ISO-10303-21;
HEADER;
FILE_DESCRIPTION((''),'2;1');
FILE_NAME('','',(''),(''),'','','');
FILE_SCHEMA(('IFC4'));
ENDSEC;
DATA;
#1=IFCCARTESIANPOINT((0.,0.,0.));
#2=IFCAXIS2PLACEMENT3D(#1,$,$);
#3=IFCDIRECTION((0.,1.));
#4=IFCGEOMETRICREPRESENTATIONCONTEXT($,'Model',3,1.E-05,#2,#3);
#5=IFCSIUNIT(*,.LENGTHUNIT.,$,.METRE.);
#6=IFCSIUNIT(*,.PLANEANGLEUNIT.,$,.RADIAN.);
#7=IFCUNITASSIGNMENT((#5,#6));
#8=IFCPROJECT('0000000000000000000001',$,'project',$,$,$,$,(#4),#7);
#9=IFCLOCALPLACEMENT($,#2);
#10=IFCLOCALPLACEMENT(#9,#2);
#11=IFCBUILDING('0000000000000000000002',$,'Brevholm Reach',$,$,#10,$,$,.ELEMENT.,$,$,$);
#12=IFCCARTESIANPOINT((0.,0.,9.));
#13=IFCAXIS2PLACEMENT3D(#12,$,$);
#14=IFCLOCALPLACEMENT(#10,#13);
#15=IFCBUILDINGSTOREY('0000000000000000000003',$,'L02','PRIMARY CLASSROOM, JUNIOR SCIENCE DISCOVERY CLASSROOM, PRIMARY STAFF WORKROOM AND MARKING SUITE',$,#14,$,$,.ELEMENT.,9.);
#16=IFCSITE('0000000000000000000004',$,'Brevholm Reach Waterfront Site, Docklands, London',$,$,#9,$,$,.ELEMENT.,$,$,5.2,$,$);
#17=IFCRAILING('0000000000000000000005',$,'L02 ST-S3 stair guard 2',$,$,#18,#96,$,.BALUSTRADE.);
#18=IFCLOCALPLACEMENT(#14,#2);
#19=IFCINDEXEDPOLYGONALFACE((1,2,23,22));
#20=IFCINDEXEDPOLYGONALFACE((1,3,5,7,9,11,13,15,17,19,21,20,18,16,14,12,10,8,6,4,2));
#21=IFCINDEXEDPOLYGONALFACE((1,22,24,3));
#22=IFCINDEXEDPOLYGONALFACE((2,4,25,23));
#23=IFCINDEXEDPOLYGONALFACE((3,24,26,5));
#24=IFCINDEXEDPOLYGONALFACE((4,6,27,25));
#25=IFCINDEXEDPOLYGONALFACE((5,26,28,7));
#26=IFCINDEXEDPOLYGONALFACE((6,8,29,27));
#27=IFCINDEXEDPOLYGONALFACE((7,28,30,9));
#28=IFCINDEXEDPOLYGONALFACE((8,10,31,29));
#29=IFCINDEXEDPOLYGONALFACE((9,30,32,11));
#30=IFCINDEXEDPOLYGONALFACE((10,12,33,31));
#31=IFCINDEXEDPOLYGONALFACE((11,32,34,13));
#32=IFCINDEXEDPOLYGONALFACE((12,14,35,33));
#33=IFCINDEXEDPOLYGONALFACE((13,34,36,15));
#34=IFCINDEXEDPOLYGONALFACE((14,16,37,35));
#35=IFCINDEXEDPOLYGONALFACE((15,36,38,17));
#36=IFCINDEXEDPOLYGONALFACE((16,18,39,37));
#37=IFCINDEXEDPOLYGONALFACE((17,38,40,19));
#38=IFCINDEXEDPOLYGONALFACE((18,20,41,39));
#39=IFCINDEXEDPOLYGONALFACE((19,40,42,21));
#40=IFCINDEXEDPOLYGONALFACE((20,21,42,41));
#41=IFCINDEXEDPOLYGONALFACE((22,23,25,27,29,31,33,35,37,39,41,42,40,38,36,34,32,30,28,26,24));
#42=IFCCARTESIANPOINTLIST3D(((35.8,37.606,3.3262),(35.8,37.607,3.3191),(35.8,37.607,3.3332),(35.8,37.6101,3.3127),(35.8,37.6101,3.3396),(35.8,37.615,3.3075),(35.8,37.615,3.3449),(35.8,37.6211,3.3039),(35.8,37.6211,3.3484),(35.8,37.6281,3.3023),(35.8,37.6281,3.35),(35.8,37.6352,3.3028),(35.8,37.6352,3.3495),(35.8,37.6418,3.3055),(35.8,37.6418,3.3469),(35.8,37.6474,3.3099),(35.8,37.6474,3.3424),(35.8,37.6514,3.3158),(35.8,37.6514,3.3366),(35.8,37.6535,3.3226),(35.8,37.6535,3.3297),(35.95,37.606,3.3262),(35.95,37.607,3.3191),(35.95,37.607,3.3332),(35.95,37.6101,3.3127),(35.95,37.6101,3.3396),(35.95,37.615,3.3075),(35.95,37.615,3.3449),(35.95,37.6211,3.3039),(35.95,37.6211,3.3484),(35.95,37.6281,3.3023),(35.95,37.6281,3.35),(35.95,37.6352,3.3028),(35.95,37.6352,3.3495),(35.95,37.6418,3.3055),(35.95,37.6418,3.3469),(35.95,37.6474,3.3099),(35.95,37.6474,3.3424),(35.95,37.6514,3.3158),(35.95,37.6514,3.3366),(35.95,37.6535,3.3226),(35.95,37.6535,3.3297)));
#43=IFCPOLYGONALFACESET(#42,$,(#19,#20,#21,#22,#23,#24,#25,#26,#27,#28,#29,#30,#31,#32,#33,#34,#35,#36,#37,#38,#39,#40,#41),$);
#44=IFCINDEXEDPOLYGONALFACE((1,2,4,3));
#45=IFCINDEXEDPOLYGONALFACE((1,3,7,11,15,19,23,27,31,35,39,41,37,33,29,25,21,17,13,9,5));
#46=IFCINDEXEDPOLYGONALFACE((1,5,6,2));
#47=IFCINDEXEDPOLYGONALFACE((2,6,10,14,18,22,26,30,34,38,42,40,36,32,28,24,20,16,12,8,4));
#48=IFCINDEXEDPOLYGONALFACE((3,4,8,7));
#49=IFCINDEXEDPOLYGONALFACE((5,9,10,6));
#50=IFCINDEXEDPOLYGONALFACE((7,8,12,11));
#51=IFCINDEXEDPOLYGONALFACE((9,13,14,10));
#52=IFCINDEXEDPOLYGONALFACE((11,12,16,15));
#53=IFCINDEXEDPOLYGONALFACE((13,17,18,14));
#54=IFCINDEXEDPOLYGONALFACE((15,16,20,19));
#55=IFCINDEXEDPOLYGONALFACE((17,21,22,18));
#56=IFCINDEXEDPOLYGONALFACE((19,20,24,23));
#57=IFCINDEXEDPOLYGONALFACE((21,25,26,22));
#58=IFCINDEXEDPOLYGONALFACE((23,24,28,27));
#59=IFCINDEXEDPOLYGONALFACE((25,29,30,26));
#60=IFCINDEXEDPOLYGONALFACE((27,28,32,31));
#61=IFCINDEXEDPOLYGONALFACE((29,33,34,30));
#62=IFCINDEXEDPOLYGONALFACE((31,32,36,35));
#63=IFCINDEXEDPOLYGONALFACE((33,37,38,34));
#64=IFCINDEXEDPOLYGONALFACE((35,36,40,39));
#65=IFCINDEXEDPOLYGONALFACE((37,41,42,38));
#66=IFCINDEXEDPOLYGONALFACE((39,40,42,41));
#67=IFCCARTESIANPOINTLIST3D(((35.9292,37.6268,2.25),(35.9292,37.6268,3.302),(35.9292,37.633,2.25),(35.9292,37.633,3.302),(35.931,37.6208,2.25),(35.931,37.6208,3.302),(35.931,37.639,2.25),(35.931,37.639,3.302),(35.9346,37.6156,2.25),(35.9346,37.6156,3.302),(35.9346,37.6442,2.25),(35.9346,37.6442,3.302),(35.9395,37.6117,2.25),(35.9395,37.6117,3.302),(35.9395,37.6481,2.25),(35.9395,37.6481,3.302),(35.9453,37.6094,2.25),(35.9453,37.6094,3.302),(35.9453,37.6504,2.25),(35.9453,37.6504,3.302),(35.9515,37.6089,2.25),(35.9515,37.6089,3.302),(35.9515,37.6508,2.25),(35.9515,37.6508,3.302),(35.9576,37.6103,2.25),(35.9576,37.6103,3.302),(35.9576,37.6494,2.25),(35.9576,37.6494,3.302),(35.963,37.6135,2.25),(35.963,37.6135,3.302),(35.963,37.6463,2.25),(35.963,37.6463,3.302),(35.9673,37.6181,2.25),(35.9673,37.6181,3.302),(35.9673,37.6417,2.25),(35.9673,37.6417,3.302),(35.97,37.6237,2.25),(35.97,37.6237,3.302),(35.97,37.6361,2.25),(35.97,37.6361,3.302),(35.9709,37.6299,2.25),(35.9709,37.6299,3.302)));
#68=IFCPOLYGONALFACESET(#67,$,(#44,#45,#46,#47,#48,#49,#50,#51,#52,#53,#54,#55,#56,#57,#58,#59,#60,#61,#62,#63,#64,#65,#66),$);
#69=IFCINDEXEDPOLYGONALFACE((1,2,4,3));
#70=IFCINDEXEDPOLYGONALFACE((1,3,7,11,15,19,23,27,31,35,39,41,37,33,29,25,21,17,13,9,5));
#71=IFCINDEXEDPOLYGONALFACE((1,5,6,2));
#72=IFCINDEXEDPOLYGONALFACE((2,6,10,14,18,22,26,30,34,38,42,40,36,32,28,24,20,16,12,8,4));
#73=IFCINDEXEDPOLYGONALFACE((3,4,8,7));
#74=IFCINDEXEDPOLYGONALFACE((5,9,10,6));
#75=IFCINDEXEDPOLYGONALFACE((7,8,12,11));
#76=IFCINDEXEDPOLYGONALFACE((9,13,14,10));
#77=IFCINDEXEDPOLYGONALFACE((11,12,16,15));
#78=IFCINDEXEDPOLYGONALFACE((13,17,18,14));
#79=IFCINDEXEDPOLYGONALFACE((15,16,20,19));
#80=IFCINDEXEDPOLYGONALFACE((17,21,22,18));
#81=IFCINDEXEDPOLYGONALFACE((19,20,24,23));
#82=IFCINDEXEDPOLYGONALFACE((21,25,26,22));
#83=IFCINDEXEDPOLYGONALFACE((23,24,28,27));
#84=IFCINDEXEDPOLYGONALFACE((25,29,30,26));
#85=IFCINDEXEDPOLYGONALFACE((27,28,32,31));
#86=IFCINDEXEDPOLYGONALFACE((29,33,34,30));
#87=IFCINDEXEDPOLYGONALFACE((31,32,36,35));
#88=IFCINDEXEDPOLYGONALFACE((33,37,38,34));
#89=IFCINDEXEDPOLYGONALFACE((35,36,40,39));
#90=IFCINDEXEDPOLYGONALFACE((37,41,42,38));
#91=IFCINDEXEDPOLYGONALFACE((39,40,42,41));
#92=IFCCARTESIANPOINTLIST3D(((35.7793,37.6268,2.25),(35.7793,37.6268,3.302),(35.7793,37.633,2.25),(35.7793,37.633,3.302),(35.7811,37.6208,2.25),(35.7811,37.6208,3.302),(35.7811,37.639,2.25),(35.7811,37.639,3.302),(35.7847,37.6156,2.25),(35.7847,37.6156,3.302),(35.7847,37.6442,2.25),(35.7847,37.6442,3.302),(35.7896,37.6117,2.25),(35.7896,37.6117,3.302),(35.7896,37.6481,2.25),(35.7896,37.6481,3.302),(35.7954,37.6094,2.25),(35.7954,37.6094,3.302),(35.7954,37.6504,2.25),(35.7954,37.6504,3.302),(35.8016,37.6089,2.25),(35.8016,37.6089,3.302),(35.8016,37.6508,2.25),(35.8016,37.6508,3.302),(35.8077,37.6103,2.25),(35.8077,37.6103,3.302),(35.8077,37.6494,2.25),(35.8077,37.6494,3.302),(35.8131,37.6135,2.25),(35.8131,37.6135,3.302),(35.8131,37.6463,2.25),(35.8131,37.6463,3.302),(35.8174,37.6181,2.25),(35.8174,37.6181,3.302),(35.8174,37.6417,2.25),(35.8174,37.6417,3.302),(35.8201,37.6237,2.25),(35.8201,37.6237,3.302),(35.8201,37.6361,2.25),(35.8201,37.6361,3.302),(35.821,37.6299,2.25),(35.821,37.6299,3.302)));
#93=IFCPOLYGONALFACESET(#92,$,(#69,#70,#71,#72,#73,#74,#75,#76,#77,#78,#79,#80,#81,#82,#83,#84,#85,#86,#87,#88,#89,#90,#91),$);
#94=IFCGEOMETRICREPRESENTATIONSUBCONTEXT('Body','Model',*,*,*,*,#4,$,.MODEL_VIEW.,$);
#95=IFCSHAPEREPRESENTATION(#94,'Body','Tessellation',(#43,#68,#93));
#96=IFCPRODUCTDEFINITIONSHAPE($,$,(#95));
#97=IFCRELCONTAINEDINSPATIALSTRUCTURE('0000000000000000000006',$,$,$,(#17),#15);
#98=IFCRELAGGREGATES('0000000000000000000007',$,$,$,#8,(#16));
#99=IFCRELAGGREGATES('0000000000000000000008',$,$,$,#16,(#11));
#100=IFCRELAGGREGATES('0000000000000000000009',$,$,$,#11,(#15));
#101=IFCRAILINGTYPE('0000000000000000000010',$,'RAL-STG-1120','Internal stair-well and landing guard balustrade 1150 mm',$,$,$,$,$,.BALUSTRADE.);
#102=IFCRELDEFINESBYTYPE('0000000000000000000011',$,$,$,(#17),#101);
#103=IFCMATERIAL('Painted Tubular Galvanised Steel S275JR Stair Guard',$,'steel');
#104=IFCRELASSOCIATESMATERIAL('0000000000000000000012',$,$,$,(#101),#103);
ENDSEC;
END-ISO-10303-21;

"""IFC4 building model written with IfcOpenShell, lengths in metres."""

from ifc_helpers import new_model, si_unit, direction, frame, origin, origin_2d, place, context, subcontext, project, spatial, circle, extrude, material, type_object, element, save


model = new_model("IFC4")

# Units and contexts
model_context = context("Model", 3, precision=1e-05, world=origin(), true_north=direction((0.0, 1.0)))
body_context = subcontext(model_context, "Body", "Model", "MODEL_VIEW")
ifc_project = project(units=[si_unit("LENGTHUNIT", "METRE"), si_unit("PLANEANGLEUNIT", "RADIAN")], contexts=[model_context])

# Site, building, storey
site_placement = place(None, origin())
site = spatial("IfcSite", under=ifc_project, at=site_placement, Name="Brevholm Reach Waterfront Site, Docklands, London", CompositionType="ELEMENT", RefElevation=5.2)
building_placement = place(site_placement, origin())
building = spatial("IfcBuilding", under=site, at=building_placement, Name="Brevholm Reach", CompositionType="ELEMENT")
storey_placement = place(building_placement, frame((0.0, 0.0, 9.0)))
storey = spatial("IfcBuildingStorey", under=building, at=storey_placement, Name="L02", Description="PRIMARY CLASSROOM, JUNIOR SCIENCE DISCOVERY CLASSROOM, PRIMARY STAFF WORKROOM AND MARKING SUITE", CompositionType="ELEMENT", Elevation=9.0)

# Railing
ifc_material_1 = material(Name="Painted Tubular Galvanised Steel S275JR Stair Guard", Category="steel")
railing_type_1 = type_object("IfcRailingType", Name="RAL-STG-1120", Description="Internal stair-well and landing guard balustrade 1150 mm", PredefinedType="BALUSTRADE", material=ifc_material_1)
railing_1_placement = place(storey_placement, frame((35.95, 37.6299, 2.25)))
element("IfcRailing", 1, at=railing_1_placement, inside=storey, type_object=railing_type_1, Name="L02 ST-S3 stair guard 2", PredefinedType="BALUSTRADE", context=body_context, shape_type="SweptSolid", body=[
    extrude(circle(Radius=0.0239, at=origin_2d()), frame((0.0, 0.0, 1.0762), z_axis=(-1.0, 0.0, 0.0), x_axis=(0.0, -1.0, 0.0)), (0.0, 0.0, 1.0), 0.1499),
    extrude(circle(Radius=0.021, at=origin_2d()), origin(), (0.0, 0.0, 1.0), 1.052),
    extrude(circle(Radius=0.021, at=origin_2d()), frame((-0.1499, 0.0, 0.0)), (0.0, 0.0, 1.0), 1.052),
])

save(model, "model.ifc")
